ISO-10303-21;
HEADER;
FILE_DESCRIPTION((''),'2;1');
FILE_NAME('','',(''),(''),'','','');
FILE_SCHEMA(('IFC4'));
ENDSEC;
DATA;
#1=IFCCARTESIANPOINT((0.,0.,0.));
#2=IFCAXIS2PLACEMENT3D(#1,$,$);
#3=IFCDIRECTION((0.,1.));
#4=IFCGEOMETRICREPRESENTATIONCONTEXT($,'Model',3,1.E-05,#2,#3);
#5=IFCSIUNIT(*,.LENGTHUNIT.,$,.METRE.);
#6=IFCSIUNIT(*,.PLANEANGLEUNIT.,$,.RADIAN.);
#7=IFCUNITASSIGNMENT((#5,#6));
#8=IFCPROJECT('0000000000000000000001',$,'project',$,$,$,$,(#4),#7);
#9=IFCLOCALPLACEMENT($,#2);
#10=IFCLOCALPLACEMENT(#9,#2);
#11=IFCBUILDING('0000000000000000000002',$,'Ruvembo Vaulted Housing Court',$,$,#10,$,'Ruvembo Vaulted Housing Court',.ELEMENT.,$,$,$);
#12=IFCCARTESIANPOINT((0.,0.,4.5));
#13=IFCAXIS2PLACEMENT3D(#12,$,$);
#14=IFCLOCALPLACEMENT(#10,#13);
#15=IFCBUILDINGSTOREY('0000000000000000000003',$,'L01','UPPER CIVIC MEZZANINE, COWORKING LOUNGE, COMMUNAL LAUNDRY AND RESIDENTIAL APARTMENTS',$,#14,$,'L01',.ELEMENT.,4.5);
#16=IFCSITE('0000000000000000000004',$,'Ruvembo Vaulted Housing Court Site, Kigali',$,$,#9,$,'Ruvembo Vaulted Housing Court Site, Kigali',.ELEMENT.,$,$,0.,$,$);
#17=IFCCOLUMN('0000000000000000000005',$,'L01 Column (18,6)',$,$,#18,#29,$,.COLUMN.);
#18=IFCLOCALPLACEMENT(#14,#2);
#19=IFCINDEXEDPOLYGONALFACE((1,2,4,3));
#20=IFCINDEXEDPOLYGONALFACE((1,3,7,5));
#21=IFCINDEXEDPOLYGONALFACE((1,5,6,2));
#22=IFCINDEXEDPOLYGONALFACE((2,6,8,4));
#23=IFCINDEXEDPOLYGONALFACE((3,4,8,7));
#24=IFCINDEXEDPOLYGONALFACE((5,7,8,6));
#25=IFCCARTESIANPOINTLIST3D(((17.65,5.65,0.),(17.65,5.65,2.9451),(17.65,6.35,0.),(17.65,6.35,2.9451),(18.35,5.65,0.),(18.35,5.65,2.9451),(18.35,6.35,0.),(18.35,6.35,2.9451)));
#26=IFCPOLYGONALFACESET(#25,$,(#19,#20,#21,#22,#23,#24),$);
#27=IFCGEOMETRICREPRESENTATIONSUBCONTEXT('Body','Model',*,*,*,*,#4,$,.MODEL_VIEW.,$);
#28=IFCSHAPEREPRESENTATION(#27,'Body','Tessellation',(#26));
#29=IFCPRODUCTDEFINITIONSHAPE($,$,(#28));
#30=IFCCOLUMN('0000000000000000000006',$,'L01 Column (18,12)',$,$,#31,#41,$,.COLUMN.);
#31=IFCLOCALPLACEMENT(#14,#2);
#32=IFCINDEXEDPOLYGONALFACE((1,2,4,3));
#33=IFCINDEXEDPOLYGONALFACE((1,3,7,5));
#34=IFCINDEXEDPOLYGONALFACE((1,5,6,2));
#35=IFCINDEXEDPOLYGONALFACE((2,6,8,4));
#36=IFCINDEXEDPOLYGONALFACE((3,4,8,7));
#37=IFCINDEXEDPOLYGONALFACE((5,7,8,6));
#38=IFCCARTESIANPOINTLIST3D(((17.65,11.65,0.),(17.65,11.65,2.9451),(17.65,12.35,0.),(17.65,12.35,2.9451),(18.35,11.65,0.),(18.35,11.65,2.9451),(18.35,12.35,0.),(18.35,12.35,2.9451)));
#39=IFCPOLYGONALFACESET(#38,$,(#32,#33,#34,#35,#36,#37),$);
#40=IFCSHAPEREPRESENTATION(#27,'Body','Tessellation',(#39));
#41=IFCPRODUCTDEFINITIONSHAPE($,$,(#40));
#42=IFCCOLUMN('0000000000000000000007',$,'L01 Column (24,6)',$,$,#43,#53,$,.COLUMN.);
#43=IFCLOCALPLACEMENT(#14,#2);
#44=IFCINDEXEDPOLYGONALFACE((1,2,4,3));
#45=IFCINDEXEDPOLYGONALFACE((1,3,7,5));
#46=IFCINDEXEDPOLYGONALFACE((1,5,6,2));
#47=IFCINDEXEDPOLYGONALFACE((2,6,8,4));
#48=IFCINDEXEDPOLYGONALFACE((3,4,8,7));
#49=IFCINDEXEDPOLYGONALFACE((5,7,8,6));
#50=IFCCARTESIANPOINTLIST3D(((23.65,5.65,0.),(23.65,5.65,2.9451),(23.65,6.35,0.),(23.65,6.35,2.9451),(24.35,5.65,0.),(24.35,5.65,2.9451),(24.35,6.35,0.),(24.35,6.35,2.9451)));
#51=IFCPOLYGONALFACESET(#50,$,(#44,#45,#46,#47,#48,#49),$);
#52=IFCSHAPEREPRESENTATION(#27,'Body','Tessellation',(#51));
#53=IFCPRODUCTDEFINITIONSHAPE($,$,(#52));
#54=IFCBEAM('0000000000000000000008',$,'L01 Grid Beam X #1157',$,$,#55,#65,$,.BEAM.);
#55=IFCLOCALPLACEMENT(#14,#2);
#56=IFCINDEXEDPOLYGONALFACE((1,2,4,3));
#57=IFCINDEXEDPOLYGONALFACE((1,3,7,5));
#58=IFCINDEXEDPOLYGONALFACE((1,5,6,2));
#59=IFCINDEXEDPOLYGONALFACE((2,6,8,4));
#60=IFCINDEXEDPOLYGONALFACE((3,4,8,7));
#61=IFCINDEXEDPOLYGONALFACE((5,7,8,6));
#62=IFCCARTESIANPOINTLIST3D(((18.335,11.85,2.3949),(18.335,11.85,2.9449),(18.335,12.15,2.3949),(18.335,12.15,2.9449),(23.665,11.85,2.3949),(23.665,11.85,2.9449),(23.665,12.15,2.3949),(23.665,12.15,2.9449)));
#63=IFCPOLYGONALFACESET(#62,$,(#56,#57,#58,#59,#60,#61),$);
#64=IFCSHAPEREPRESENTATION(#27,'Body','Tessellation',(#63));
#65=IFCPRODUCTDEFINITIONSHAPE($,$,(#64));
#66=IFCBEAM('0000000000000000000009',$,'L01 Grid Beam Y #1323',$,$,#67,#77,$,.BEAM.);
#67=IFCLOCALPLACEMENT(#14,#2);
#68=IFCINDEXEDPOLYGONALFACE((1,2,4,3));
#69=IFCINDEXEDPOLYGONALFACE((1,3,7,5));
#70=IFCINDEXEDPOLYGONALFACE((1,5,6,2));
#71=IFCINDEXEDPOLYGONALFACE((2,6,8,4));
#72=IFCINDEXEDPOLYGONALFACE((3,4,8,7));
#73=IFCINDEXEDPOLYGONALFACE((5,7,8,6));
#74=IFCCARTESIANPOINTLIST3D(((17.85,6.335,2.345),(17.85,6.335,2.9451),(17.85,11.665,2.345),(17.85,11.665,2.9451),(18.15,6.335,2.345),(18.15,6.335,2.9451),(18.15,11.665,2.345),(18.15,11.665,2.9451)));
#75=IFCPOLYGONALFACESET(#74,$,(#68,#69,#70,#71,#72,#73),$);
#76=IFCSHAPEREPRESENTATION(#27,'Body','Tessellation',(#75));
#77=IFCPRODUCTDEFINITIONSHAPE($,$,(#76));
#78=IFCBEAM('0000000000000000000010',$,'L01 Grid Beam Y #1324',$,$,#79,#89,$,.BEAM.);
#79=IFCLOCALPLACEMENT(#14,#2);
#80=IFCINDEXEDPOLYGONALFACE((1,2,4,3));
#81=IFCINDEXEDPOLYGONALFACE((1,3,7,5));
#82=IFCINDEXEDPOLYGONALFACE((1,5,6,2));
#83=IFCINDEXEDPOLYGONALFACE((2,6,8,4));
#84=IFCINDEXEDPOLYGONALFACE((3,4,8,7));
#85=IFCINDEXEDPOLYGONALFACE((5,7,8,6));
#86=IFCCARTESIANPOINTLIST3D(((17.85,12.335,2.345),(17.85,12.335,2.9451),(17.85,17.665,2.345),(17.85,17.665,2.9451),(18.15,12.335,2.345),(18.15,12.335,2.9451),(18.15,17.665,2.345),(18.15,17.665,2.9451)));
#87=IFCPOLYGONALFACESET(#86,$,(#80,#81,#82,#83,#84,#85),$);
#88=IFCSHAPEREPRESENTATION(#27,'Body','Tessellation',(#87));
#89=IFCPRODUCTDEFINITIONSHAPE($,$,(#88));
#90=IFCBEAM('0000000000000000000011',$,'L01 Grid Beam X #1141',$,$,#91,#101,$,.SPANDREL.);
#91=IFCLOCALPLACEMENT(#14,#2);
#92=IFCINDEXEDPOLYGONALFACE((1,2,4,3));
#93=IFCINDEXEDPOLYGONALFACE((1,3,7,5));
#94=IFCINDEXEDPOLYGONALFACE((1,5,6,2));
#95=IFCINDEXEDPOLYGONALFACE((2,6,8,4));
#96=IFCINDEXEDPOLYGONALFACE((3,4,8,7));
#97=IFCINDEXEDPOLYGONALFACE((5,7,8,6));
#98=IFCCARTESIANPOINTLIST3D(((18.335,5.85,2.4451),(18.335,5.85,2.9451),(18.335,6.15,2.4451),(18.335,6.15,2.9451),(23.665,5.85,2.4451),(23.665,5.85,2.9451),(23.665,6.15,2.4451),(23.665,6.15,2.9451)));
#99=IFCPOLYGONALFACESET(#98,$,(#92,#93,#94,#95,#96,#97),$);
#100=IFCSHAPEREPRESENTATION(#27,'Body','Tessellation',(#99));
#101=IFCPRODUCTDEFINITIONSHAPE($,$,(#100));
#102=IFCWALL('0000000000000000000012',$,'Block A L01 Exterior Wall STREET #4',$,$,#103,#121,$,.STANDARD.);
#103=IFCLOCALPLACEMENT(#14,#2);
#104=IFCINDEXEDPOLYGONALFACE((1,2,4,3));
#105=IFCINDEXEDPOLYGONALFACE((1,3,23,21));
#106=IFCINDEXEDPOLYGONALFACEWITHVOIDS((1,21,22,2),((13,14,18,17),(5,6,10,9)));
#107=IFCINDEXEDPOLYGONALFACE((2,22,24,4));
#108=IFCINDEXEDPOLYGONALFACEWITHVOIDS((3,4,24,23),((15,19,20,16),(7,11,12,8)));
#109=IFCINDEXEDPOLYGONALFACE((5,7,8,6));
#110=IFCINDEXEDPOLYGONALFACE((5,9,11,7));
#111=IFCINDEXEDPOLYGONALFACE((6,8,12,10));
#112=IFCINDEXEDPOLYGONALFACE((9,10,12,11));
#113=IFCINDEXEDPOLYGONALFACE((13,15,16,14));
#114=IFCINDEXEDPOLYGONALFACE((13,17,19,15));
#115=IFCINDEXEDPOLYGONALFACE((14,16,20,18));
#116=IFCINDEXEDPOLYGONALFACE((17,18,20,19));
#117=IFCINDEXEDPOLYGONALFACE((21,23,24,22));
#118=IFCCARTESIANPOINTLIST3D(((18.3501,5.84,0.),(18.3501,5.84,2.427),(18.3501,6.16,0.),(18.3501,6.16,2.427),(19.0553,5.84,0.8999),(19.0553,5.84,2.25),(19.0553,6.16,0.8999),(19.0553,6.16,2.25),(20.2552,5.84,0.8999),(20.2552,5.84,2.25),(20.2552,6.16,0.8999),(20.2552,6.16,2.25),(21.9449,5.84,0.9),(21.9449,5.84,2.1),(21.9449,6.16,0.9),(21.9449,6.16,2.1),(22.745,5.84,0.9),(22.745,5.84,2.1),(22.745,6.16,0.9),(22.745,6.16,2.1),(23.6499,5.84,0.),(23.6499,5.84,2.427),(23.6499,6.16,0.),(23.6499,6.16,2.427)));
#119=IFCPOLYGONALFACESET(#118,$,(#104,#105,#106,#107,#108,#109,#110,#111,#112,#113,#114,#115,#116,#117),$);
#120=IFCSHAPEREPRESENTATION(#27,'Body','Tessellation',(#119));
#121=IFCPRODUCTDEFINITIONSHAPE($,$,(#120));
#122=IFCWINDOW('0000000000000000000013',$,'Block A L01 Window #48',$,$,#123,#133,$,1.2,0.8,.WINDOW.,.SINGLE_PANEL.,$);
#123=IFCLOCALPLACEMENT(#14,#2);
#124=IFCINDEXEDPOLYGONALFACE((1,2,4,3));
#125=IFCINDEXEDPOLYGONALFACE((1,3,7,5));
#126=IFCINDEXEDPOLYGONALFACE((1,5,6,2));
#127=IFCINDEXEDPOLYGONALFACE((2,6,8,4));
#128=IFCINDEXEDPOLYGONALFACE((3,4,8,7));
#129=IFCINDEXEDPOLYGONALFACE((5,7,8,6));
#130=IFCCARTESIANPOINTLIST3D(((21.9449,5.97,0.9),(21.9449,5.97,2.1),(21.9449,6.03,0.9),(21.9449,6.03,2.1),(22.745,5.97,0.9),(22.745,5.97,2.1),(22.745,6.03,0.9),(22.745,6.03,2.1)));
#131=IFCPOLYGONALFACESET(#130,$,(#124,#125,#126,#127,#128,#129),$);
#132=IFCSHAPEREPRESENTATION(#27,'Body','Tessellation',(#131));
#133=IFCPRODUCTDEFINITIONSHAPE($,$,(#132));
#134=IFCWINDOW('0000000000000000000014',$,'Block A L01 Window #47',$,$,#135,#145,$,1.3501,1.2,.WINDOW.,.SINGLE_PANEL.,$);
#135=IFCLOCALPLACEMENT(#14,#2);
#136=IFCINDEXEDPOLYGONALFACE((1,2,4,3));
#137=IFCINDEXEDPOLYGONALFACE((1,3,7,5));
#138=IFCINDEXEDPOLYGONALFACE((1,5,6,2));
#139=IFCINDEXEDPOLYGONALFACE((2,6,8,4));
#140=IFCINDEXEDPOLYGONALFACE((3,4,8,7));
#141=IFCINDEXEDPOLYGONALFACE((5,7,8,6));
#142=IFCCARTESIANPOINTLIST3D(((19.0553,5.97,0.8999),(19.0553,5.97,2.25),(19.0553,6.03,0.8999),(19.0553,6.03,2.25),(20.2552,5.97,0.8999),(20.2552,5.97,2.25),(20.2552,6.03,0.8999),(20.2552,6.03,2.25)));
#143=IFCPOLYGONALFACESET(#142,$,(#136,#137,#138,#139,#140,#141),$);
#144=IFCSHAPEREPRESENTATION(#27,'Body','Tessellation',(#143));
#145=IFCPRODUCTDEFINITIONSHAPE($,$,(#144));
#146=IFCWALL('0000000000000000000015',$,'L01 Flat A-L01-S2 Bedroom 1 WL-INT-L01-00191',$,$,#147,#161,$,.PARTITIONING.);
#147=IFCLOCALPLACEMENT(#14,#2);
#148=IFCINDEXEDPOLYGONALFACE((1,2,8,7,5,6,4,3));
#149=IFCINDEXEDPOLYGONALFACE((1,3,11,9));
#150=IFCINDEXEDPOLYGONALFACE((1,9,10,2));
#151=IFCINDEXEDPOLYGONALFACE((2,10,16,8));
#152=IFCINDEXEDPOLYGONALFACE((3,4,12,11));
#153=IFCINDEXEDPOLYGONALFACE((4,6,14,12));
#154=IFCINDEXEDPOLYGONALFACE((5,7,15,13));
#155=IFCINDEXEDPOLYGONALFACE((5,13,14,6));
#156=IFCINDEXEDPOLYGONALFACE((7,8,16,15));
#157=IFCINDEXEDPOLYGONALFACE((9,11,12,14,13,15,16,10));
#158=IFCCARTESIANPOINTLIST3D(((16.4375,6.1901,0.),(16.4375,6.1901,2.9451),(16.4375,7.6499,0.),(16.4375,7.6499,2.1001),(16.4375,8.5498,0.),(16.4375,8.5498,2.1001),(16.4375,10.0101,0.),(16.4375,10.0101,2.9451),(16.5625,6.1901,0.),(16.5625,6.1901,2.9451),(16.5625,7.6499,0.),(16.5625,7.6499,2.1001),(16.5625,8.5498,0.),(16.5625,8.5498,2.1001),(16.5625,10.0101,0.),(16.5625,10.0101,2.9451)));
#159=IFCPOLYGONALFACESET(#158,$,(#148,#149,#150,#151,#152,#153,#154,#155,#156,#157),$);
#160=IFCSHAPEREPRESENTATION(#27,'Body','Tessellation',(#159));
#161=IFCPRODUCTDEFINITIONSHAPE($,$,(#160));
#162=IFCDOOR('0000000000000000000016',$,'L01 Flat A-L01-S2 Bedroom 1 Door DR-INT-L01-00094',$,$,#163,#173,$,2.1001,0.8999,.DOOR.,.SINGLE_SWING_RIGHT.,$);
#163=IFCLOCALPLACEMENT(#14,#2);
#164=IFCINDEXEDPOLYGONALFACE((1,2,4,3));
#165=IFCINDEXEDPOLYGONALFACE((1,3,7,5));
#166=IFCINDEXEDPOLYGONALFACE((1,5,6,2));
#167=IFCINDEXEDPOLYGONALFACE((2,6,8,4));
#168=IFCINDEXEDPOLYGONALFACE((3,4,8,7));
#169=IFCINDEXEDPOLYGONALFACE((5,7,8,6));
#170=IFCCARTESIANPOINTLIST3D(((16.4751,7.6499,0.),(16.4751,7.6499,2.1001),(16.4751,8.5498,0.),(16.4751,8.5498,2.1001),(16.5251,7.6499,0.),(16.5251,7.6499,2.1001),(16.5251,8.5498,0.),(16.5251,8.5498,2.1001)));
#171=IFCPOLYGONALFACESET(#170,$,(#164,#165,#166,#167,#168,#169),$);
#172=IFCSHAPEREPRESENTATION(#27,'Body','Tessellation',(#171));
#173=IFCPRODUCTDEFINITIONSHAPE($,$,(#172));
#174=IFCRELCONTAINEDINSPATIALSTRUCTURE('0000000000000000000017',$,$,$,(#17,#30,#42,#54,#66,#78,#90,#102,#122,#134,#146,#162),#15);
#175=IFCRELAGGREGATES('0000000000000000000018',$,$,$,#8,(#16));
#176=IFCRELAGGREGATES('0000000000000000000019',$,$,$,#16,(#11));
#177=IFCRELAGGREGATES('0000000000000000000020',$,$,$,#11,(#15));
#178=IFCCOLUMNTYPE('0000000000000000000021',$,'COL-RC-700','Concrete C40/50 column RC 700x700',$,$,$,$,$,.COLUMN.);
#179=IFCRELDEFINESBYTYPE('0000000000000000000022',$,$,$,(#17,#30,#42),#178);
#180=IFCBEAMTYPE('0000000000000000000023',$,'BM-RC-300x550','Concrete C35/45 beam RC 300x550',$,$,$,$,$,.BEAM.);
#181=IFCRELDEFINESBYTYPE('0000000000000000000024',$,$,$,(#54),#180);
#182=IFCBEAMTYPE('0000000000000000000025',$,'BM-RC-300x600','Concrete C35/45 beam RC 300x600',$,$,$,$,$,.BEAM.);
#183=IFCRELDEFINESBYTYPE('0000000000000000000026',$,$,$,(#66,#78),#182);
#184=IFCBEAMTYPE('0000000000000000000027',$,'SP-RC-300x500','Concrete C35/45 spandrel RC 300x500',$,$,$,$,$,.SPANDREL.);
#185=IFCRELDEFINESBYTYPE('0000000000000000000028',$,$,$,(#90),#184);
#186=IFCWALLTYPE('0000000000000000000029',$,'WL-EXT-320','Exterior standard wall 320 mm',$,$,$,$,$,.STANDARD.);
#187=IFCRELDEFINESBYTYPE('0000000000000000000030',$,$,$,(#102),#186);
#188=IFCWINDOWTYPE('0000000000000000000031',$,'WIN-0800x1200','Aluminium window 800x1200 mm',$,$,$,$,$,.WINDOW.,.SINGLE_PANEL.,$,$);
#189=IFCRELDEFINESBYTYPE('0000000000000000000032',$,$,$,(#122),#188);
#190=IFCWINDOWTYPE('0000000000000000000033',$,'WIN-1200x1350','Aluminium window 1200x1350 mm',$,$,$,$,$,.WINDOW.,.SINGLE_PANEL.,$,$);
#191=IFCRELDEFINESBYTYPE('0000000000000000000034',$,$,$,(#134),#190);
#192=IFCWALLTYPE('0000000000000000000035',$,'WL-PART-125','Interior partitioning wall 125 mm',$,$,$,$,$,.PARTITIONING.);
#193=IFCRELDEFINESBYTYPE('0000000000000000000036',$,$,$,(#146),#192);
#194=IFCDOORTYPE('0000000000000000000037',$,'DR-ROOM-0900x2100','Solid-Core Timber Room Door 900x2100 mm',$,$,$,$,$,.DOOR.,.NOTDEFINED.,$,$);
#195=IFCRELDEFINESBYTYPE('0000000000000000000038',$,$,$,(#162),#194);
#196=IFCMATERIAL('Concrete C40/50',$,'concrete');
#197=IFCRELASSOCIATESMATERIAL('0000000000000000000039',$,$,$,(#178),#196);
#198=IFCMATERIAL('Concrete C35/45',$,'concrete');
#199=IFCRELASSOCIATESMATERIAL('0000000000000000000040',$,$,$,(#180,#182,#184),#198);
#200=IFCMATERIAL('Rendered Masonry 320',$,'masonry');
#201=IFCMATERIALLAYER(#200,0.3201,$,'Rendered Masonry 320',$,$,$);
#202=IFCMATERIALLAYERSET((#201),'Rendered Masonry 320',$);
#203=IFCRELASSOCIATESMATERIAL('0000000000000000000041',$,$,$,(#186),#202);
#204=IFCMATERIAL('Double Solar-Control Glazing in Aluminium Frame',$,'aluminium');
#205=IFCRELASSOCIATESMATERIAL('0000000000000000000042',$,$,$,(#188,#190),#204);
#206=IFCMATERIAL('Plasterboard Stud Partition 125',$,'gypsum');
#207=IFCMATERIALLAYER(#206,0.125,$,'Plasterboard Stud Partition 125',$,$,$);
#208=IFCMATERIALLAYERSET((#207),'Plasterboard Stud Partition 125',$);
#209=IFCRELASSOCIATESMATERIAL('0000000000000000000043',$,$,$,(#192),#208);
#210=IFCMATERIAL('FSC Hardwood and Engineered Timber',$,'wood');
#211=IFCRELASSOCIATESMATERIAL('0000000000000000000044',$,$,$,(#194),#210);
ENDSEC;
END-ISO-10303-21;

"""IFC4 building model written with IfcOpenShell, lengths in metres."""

from ifc_helpers import new_model, si_unit, direction, frame, frame_2d, origin, origin_2d, place, context, subcontext, project, spatial, rectangle, extrude, material, layer, layer_set, material_profile, profile_set, type_object, element, fill, save


model = new_model("IFC4")

# Units and contexts
model_context = context("Model", 3, precision=1e-05, world=origin(), true_north=direction((0.0, 1.0)))
body_context = subcontext(model_context, "Body", "Model", "MODEL_VIEW")
ifc_project = project(units=[si_unit("LENGTHUNIT", "METRE"), si_unit("PLANEANGLEUNIT", "RADIAN")], contexts=[model_context])

# Site, building, storey
site_placement = place(None, origin())
site = spatial("IfcSite", under=ifc_project, at=site_placement, Name="Ruvembo Vaulted Housing Court Site, Kigali", LongName="Ruvembo Vaulted Housing Court Site, Kigali", CompositionType="ELEMENT", RefElevation=0.0)
building_placement = place(site_placement, origin())
building = spatial("IfcBuilding", under=site, at=building_placement, Name="Ruvembo Vaulted Housing Court", LongName="Ruvembo Vaulted Housing Court", CompositionType="ELEMENT")
storey_placement = place(building_placement, frame((0.0, 0.0, 4.5)))
storey = spatial("IfcBuildingStorey", under=building, at=storey_placement, Name="L01", Description="UPPER CIVIC MEZZANINE, COWORKING LOUNGE, COMMUNAL LAUNDRY AND RESIDENTIAL APARTMENTS", LongName="L01", CompositionType="ELEMENT", Elevation=4.5)

# Columns
ifc_material_1 = material(Name="Concrete C40/50", Category="concrete")
ifc_material_profile_1 = material_profile(ifc_material_1, rectangle(XDim=0.7, YDim=0.7, at=origin_2d()), Name="RC 700x700")
ifc_profile_set_1 = profile_set([ifc_material_profile_1], Name="Concrete C40/50")
column_type = type_object("IfcColumnType", Name="COL-RC-700", Description="Concrete C40/50 column RC 700x700", PredefinedType="COLUMN", material=ifc_profile_set_1)
for number, where, z_axis, x_axis, name in (
    (1, (18.0, 6.0, 0.0), (0.0, 0.0, 1.0), (1.0, 0.0, 0.0), "L01 Column (18,6)"),
    (2, (18.0, 12.0, 0.0), (0.0, 0.0, 1.0), (1.0, 0.0, 0.0), "L01 Column (18,12)"),
    (3, (24.0, 6.0, 0.0), (0.0, 0.0, 1.0), (1.0, 0.0, 0.0), "L01 Column (24,6)"),
):
    element("IfcColumn", number, at=place(storey_placement, frame(where, z_axis=z_axis, x_axis=x_axis)), inside=storey, type_object=column_type, Name=name, PredefinedType="COLUMN", context=body_context, shape_type="SweptSolid", body=[
        extrude(rectangle(XDim=0.7, YDim=0.7, at=origin_2d()), origin(), (0.0, 0.0, 1.0), 2.9451),
    ])

# Beams
ifc_material_2 = material(Name="Concrete C35/45", Category="concrete")
ifc_material_profile_2 = material_profile(ifc_material_2, rectangle(XDim=0.3, YDim=0.55, at=origin_2d()), Name="RC 300x550")
ifc_profile_set_2 = profile_set([ifc_material_profile_2], Name="Concrete C35/45")
beam_type_1 = type_object("IfcBeamType", Name="BM-RC-300x550", Description="Concrete C35/45 beam RC 300x550", PredefinedType="BEAM", material=ifc_profile_set_2)
beam_1_placement = place(storey_placement, frame((18.335, 12.0, 2.6699), z_axis=(1.0, 0.0, 0.0), x_axis=(0.0, 1.0, 0.0)))
element("IfcBeam", 4, at=beam_1_placement, inside=storey, type_object=beam_type_1, Name="L01 Grid Beam X #1157", PredefinedType="BEAM", context=body_context, shape_type="SweptSolid", body=[
    extrude(rectangle(XDim=0.3, YDim=0.55, at=origin_2d()), origin(), (0.0, 0.0, 1.0), 5.3301),
])
ifc_material_profile_3 = material_profile(ifc_material_2, rectangle(XDim=0.3, YDim=0.6001, at=origin_2d()), Name="RC 300x600")
ifc_profile_set_3 = profile_set([ifc_material_profile_3], Name="Concrete C35/45")
beam_type_2 = type_object("IfcBeamType", Name="BM-RC-300x600", Description="Concrete C35/45 beam RC 300x600", PredefinedType="BEAM", material=ifc_profile_set_3)
for number, where, z_axis, x_axis, name in (
    (5, (18.0, 6.335, 2.645), (0.0, 1.0, 0.0), (-1.0, 0.0, 0.0), "L01 Grid Beam Y #1323"),
    (6, (18.0, 12.335, 2.645), (0.0, 1.0, 0.0), (-1.0, 0.0, 0.0), "L01 Grid Beam Y #1324"),
):
    element("IfcBeam", number, at=place(storey_placement, frame(where, z_axis=z_axis, x_axis=x_axis)), inside=storey, type_object=beam_type_2, Name=name, PredefinedType="BEAM", context=body_context, shape_type="SweptSolid", body=[
        extrude(rectangle(XDim=0.3, YDim=0.6001, at=origin_2d()), origin(), (0.0, 0.0, 1.0), 5.3301),
    ])
ifc_material_profile_4 = material_profile(ifc_material_2, rectangle(XDim=0.3, YDim=0.5, at=origin_2d()), Name="RC 300x500")
ifc_profile_set_4 = profile_set([ifc_material_profile_4], Name="Concrete C35/45")
beam_type_3 = type_object("IfcBeamType", Name="SP-RC-300x500", Description="Concrete C35/45 spandrel RC 300x500", PredefinedType="SPANDREL", material=ifc_profile_set_4)
beam_2_placement = place(storey_placement, frame((18.335, 6.0, 2.6951), z_axis=(1.0, 0.0, 0.0), x_axis=(0.0, 1.0, 0.0)))
element("IfcBeam", 7, at=beam_2_placement, inside=storey, type_object=beam_type_3, Name="L01 Grid Beam X #1141", PredefinedType="SPANDREL", context=body_context, shape_type="SweptSolid", body=[
    extrude(rectangle(XDim=0.3, YDim=0.5, at=origin_2d()), origin(), (0.0, 0.0, 1.0), 5.3301),
])

# Wall, openings, windows
ifc_material_3 = material(Name="Rendered Masonry 320", Category="masonry")
ifc_layer_1 = layer(ifc_material_3, 0.3201, Name="Rendered Masonry 320")
ifc_layer_set_1 = layer_set([ifc_layer_1], Name="Rendered Masonry 320")
wall_type_1 = type_object("IfcWallType", Name="WL-EXT-320", Description="Exterior standard wall 320 mm", PredefinedType="STANDARD", material=ifc_layer_set_1)
wall_1_placement = place(storey_placement, frame((18.3501, 6.0, 0.0), z_axis=(0.0, 0.0, 1.0), x_axis=(1.0, 0.0, 0.0)))
wall_1 = element("IfcWall", 8, at=wall_1_placement, inside=storey, type_object=wall_type_1, Name="Block A L01 Exterior Wall STREET #4", PredefinedType="STANDARD", context=body_context, shape_type="SweptSolid", body=[
    extrude(rectangle(XDim=5.2998, YDim=0.3201, at=frame_2d((2.6499, 0.0))), origin(), (0.0, 0.0, 1.0), 2.427),
])
opening_1_placement = place(wall_1_placement, frame((0.7051, 0.0, 0.8999)))
opening_1 = element("IfcOpeningElement", 9, at=opening_1_placement, cuts=wall_1, PredefinedType="OPENING", context=body_context, shape_type="SweptSolid", body=[
    extrude(rectangle(XDim=1.2, YDim=1.3501, at=frame_2d((0.6001, 0.675))), frame((0.0, 0.1699, 0.0), z_axis=(0.0, -1.0, 0.0), x_axis=(1.0, 0.0, 0.0)), (0.0, 0.0, 1.0), 0.3401),
])
opening_2_placement = place(wall_1_placement, frame((3.595, 0.0, 0.8999)))
opening_2 = element("IfcOpeningElement", 10, at=opening_2_placement, cuts=wall_1, PredefinedType="OPENING", context=body_context, shape_type="SweptSolid", body=[
    extrude(rectangle(XDim=0.8, YDim=1.2, at=frame_2d((0.3999, 0.6001))), frame((0.0, 0.1699, 0.0), z_axis=(0.0, -1.0, 0.0), x_axis=(1.0, 0.0, 0.0)), (0.0, 0.0, 1.0), 0.3401),
])
ifc_material_4 = material(Name="Double Solar-Control Glazing in Aluminium Frame", Category="aluminium")
window_type_1 = type_object("IfcWindowType", Name="WIN-0800x1200", Description="Aluminium window 800x1200 mm", PartitioningType="SINGLE_PANEL", PredefinedType="WINDOW", material=ifc_material_4)
window_1_placement = place(opening_2_placement, origin())
window_1 = element("IfcWindow", 11, at=window_1_placement, inside=storey, type_object=window_type_1, Name="Block A L01 Window #48", OverallHeight=1.2, OverallWidth=0.8, PartitioningType="SINGLE_PANEL", PredefinedType="WINDOW", context=body_context, shape_type="SweptSolid", body=[
    extrude(rectangle(XDim=0.8, YDim=1.2, at=frame_2d((0.3999, 0.6001))), frame((0.0, 0.03, 0.0), z_axis=(0.0, -1.0, 0.0), x_axis=(1.0, 0.0, 0.0)), (0.0, 0.0, 1.0), 0.0601),
])
fill(opening_2, window_1)
window_type_2 = type_object("IfcWindowType", Name="WIN-1200x1350", Description="Aluminium window 1200x1350 mm", PartitioningType="SINGLE_PANEL", PredefinedType="WINDOW", material=ifc_material_4)
window_2_placement = place(opening_1_placement, origin())
window_2 = element("IfcWindow", 12, at=window_2_placement, inside=storey, type_object=window_type_2, Name="Block A L01 Window #47", OverallHeight=1.3501, OverallWidth=1.2, PartitioningType="SINGLE_PANEL", PredefinedType="WINDOW", context=body_context, shape_type="SweptSolid", body=[
    extrude(rectangle(XDim=1.2, YDim=1.3501, at=frame_2d((0.6001, 0.675))), frame((0.0, 0.03, 0.0), z_axis=(0.0, -1.0, 0.0), x_axis=(1.0, 0.0, 0.0)), (0.0, 0.0, 1.0), 0.0601),
])
fill(opening_1, window_2)

# Wall, opening, door
ifc_material_5 = material(Name="Plasterboard Stud Partition 125", Category="gypsum")
ifc_layer_2 = layer(ifc_material_5, 0.125, Name="Plasterboard Stud Partition 125")
ifc_layer_set_2 = layer_set([ifc_layer_2], Name="Plasterboard Stud Partition 125")
wall_type_2 = type_object("IfcWallType", Name="WL-PART-125", Description="Interior partitioning wall 125 mm", PredefinedType="PARTITIONING", material=ifc_layer_set_2)
wall_2_placement = place(storey_placement, frame((16.5, 6.1899, 0.0), z_axis=(0.0, 0.0, 1.0), x_axis=(0.0, 1.0, 0.0)))
wall_2 = element("IfcWall", 13, at=wall_2_placement, inside=storey, type_object=wall_type_2, Name="L01 Flat A-L01-S2 Bedroom 1 WL-INT-L01-00191", PredefinedType="PARTITIONING", context=body_context, shape_type="SweptSolid", body=[
    extrude(rectangle(XDim=3.8201, YDim=0.125, at=frame_2d((1.9102, 0.0))), origin(), (0.0, 0.0, 1.0), 2.9451),
])
opening_3_placement = place(wall_2_placement, frame((1.46, 0.0, 0.0)))
opening_3 = element("IfcOpeningElement", 14, at=opening_3_placement, cuts=wall_2, PredefinedType="OPENING", context=body_context, shape_type="SweptSolid", body=[
    extrude(rectangle(XDim=0.8999, YDim=2.1001, at=frame_2d((0.45, 1.05))), frame((0.0, 0.0725, 0.0), z_axis=(0.0, -1.0, 0.0), x_axis=(1.0, 0.0, 0.0)), (0.0, 0.0, 1.0), 0.145),
])
ifc_material_6 = material(Name="FSC Hardwood and Engineered Timber", Category="wood")
door_type_1 = type_object("IfcDoorType", Name="DR-ROOM-0900x2100", Description="Solid-Core Timber Room Door 900x2100 mm", OperationType="NOTDEFINED", PredefinedType="DOOR", material=ifc_material_6)
door_1_placement = place(opening_3_placement, origin())
door_1 = element("IfcDoor", 15, at=door_1_placement, inside=storey, type_object=door_type_1, Name="L01 Flat A-L01-S2 Bedroom 1 Door DR-INT-L01-00094", OperationType="SINGLE_SWING_RIGHT", OverallHeight=2.1001, OverallWidth=0.8999, PredefinedType="DOOR", context=body_context, shape_type="SweptSolid", body=[
    extrude(rectangle(XDim=0.8999, YDim=2.1001, at=frame_2d((0.45, 1.05))), frame((0.0, 0.0249, 0.0), z_axis=(0.0, -1.0, 0.0), x_axis=(1.0, 0.0, 0.0)), (0.0, 0.0, 1.0), 0.05),
])
fill(opening_3, door_1)

save(model, "model.ifc")
